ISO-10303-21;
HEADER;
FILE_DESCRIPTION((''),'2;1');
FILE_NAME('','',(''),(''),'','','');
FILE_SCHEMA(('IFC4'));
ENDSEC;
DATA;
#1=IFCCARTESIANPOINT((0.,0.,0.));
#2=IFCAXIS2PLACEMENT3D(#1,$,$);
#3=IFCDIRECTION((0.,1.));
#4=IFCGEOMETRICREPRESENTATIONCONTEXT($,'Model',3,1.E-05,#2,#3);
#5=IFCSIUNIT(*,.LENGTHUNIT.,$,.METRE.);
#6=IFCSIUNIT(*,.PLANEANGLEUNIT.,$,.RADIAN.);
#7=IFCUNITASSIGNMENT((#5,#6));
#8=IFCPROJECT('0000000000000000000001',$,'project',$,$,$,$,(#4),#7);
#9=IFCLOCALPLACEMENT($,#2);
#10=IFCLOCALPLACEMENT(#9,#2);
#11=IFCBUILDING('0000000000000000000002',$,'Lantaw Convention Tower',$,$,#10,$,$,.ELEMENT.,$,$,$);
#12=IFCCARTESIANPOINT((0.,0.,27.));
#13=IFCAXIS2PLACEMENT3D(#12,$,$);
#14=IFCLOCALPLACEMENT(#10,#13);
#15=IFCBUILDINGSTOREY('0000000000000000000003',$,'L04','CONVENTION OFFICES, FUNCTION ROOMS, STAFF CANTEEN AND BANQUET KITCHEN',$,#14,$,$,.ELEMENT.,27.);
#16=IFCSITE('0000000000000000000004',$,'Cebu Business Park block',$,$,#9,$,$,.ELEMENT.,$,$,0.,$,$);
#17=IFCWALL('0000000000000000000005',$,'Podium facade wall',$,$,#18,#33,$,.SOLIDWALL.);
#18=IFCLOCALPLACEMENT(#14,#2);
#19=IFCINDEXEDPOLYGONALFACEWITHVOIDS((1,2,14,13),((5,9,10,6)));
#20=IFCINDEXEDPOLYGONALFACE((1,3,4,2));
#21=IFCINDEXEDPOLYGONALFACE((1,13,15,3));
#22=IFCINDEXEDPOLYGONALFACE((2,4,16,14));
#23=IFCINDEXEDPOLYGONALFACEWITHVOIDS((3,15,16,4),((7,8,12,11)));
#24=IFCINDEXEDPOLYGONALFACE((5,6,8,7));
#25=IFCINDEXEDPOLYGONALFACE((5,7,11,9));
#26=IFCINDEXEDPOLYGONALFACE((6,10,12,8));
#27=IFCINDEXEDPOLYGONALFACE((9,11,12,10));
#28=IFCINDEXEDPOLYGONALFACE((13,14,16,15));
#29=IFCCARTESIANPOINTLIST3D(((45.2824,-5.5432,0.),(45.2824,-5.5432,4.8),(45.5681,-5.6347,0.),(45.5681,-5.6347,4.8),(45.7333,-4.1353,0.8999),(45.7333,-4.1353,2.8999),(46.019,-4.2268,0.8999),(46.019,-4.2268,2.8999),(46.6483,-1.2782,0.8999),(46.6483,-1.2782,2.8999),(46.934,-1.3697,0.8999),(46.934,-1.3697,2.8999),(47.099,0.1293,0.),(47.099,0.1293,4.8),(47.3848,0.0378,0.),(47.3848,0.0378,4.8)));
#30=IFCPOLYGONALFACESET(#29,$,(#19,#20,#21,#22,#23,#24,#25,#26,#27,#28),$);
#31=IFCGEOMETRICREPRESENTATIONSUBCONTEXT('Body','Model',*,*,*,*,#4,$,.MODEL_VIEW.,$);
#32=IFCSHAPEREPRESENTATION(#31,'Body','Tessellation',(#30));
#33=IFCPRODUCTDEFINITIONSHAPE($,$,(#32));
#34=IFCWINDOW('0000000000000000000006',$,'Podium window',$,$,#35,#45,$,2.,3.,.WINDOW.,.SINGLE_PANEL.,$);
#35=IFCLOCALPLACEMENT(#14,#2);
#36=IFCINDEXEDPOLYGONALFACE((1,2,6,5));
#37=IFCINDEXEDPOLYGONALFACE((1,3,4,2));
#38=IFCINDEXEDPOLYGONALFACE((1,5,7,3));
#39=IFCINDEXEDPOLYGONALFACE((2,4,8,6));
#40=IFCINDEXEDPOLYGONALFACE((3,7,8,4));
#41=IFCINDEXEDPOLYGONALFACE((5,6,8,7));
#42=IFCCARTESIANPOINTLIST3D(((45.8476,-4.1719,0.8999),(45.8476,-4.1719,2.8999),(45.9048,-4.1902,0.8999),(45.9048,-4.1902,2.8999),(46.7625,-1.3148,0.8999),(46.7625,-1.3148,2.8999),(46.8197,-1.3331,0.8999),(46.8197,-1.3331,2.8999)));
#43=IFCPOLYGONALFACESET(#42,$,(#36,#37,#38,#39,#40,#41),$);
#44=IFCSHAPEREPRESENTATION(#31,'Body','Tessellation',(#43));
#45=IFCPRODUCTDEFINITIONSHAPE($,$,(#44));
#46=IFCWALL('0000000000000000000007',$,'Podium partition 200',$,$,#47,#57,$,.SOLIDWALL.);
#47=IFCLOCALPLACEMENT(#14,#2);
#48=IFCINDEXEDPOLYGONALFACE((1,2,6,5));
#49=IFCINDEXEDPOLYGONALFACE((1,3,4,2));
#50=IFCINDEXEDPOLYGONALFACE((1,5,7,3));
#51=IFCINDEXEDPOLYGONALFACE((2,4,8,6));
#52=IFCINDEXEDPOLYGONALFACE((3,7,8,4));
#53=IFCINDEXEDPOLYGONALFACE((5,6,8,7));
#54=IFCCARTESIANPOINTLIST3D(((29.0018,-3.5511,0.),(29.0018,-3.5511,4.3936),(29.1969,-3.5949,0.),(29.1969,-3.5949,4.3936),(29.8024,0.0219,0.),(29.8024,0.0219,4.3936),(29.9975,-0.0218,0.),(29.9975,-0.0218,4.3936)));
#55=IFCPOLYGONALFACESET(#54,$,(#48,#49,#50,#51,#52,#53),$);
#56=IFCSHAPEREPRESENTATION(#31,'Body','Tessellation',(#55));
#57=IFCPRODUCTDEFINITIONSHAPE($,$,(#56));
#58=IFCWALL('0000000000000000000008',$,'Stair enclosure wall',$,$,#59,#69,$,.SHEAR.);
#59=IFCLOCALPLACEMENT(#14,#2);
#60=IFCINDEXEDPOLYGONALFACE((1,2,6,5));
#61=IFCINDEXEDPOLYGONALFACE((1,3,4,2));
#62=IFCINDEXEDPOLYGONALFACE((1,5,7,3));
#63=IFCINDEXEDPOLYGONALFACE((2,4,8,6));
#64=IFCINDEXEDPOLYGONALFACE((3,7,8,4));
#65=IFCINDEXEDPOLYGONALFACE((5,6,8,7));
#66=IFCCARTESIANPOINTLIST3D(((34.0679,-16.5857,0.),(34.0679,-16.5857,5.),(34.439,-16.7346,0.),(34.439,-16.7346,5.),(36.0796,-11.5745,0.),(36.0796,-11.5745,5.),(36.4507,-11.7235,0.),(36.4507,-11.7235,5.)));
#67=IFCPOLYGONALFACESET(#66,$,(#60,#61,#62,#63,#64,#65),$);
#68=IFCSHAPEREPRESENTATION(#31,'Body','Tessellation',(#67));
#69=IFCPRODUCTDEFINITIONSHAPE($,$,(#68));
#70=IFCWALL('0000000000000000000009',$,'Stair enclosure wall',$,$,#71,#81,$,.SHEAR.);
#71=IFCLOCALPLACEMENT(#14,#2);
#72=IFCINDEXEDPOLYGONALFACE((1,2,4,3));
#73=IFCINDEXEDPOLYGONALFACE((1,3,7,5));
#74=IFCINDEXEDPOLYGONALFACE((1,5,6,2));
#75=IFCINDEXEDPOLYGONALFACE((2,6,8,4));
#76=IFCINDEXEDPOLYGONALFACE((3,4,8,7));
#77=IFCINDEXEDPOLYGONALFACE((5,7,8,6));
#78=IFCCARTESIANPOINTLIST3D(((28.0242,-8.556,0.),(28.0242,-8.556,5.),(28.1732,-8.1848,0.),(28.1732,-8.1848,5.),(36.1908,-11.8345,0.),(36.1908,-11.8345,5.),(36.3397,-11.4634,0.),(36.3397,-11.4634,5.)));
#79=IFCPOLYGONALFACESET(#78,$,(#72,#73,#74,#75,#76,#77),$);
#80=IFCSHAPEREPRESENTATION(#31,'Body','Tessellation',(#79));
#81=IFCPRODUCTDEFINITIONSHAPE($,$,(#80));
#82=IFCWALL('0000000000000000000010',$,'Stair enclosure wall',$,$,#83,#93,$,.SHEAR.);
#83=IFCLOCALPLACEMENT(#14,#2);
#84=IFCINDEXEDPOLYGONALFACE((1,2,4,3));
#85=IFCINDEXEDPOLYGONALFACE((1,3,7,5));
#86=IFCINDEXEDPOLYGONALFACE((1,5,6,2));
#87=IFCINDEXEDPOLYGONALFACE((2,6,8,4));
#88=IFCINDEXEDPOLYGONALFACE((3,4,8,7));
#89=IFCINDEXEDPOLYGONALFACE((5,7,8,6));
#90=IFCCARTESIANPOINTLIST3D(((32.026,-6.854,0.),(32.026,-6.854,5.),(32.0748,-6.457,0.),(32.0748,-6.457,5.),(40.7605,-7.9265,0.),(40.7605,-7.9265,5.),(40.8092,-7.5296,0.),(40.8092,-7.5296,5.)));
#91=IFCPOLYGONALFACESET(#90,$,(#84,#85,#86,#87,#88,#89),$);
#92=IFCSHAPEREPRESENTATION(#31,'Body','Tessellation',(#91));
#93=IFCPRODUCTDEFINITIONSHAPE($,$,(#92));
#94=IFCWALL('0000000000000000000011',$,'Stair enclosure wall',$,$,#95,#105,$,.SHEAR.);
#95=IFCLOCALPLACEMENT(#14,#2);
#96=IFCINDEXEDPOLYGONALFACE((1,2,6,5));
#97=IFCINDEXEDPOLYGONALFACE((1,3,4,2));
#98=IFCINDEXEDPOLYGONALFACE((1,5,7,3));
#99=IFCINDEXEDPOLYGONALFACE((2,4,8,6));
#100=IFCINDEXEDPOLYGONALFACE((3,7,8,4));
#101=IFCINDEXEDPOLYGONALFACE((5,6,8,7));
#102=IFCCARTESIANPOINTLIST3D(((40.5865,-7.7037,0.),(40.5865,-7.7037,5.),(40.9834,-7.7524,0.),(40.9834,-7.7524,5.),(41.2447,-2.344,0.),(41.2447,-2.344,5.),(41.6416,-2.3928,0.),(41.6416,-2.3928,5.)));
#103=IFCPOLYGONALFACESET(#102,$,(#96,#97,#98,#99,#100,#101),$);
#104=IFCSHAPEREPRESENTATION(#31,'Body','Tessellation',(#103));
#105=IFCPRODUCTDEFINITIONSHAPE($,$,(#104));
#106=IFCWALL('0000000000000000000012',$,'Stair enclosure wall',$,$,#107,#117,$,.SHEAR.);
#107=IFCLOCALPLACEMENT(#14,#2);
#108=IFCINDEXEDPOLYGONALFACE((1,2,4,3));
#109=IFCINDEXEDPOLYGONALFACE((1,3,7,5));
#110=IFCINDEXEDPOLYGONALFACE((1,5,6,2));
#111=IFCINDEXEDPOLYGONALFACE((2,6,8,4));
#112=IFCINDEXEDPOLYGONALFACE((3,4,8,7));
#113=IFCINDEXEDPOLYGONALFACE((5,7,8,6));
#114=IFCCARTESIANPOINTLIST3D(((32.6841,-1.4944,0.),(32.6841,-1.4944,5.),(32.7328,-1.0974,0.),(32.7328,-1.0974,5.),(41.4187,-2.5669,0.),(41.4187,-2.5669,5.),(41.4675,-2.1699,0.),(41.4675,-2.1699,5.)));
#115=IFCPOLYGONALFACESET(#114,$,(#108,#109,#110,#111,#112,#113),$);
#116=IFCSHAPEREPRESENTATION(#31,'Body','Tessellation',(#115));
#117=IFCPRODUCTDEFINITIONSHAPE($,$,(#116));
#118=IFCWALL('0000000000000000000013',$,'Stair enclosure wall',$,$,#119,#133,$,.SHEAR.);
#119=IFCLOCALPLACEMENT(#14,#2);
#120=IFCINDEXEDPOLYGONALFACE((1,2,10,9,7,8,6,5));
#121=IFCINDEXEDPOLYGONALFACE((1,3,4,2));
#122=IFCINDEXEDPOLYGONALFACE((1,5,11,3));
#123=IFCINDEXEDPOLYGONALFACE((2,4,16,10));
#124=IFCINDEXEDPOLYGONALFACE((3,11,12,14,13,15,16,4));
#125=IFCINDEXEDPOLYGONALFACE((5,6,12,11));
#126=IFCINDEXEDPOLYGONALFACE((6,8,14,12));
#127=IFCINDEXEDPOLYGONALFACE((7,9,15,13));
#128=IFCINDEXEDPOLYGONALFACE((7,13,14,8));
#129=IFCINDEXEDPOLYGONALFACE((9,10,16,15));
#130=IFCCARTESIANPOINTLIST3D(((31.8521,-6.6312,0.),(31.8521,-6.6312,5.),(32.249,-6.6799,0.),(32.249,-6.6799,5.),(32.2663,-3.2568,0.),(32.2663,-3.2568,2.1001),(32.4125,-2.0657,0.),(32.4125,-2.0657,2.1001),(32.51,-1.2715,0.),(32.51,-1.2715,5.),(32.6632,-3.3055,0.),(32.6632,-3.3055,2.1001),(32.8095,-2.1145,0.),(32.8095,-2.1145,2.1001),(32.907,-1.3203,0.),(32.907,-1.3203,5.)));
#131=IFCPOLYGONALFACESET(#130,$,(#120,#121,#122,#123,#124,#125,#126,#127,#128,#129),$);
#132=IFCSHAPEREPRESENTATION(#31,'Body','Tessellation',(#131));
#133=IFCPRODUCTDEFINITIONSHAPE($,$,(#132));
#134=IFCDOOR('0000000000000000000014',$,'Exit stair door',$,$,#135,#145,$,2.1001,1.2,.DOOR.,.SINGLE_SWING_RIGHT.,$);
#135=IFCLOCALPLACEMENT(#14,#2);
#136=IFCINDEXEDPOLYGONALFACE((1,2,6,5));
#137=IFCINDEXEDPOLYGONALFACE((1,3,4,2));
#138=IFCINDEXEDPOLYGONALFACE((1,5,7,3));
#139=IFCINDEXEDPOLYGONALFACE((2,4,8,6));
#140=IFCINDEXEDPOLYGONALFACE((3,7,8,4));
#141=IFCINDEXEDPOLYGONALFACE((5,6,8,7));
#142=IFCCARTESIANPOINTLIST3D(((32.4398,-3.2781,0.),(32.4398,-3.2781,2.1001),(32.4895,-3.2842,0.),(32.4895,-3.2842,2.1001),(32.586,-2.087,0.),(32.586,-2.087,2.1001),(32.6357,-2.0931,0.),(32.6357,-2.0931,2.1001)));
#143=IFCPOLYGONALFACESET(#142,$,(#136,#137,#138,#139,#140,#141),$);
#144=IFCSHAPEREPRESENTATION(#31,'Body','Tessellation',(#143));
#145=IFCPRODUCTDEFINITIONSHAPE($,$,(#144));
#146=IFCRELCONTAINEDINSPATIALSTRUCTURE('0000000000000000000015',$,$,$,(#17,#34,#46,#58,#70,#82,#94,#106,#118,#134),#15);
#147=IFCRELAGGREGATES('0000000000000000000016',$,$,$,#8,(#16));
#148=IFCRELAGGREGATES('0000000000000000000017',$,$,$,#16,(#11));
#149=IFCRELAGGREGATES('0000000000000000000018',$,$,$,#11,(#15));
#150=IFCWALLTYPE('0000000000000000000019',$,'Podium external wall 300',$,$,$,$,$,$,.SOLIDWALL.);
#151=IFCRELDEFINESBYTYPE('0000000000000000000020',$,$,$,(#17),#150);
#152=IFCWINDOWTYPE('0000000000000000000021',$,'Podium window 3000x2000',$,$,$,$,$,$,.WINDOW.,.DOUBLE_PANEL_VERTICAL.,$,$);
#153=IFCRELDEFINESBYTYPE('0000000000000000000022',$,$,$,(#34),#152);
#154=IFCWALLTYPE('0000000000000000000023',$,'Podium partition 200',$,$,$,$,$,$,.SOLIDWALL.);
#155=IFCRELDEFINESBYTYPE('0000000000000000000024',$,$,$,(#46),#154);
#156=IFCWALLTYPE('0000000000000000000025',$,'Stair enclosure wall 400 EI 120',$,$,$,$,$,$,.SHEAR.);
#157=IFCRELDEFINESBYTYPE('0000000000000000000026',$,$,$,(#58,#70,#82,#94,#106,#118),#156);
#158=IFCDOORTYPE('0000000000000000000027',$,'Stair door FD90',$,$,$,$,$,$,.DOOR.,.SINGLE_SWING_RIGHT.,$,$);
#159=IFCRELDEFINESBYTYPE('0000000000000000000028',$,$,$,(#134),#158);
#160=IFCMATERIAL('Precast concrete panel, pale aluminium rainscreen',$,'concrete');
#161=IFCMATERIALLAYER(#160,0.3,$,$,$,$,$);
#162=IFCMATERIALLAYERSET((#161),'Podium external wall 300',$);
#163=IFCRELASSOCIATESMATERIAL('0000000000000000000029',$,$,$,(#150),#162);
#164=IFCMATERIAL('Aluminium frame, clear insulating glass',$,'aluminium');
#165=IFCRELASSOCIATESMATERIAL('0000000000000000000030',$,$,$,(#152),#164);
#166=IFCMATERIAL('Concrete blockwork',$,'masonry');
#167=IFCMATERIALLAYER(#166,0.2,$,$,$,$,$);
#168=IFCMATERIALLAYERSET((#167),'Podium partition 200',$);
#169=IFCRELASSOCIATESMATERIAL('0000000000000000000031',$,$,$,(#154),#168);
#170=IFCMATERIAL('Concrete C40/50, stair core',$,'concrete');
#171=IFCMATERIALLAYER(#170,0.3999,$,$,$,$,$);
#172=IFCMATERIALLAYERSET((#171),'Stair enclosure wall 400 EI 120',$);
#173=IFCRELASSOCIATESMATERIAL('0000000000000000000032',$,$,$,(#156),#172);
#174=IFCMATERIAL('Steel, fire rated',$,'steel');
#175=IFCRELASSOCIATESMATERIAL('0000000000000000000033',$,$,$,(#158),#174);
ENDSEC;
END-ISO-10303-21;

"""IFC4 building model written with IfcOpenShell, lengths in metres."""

from ifc_helpers import new_model, si_unit, direction, frame, frame_2d, origin, place, context, subcontext, project, spatial, rectangle, extrude, material, layer, layer_set, type_object, element, fill, save


model = new_model("IFC4")

# Units and contexts
model_context = context("Model", 3, precision=1e-05, world=origin(), true_north=direction((0.0, 1.0)))
body_context = subcontext(model_context, "Body", "Model", "MODEL_VIEW")
ifc_project = project(units=[si_unit("LENGTHUNIT", "METRE"), si_unit("PLANEANGLEUNIT", "RADIAN")], contexts=[model_context])

# Site, building, storey
site_placement = place(None, origin())
site = spatial("IfcSite", under=ifc_project, at=site_placement, Name="Cebu Business Park block", CompositionType="ELEMENT", RefElevation=0.0)
building_placement = place(site_placement, origin())
building = spatial("IfcBuilding", under=site, at=building_placement, Name="Lantaw Convention Tower", CompositionType="ELEMENT")
storey_placement = place(building_placement, frame((0.0, 0.0, 27.0)))
storey = spatial("IfcBuildingStorey", under=building, at=storey_placement, Name="L04", Description="CONVENTION OFFICES, FUNCTION ROOMS, STAFF CANTEEN AND BANQUET KITCHEN", CompositionType="ELEMENT", Elevation=27.0)

# Wall, opening, window
ifc_material_1 = material(Name="Precast concrete panel, pale aluminium rainscreen", Category="concrete")
ifc_layer_1 = layer(ifc_material_1, 0.3)
ifc_layer_set_1 = layer_set([ifc_layer_1], Name="Podium external wall 300")
wall_type_1 = type_object("IfcWallType", Name="Podium external wall 300", PredefinedType="SOLIDWALL", material=ifc_layer_set_1)
ifc_material_2 = material(Name="Aluminium frame, clear insulating glass", Category="aluminium")
window_type = type_object("IfcWindowType", Name="Podium window 3000x2000", PartitioningType="DOUBLE_PANEL_VERTICAL", PredefinedType="WINDOW", material=ifc_material_2)
wall_1_placement = place(storey_placement, frame((45.4253, -5.5889, 0.0), z_axis=(0.0, 0.0, 1.0), x_axis=(0.304991, 0.952355, 0.0)))
wall_1 = element("IfcWall", 1, at=wall_1_placement, inside=storey, type_object=wall_type_1, Name="Podium facade wall", PredefinedType="SOLIDWALL", context=body_context, shape_type="SweptSolid", body=[
    extrude(rectangle(XDim=5.9563, YDim=0.3, at=frame_2d((2.978, 0.0))), origin(), (0.0, 0.0, 1.0), 4.8),
])
opening_1_placement = place(wall_1_placement, frame((1.4783, 0.0, 0.8999)))
opening_1 = element("IfcOpeningElement", 2, at=opening_1_placement, cuts=wall_1, PredefinedType="OPENING", context=body_context, shape_type="SweptSolid", body=[
    extrude(rectangle(XDim=3.0, YDim=2.0, at=frame_2d((1.5, 1.0))), frame((0.0, 0.1599, 0.0), z_axis=(0.0, -1.0, 0.0), x_axis=(1.0, 0.0, 0.0)), (0.0, 0.0, 1.0), 0.3201),
])
window_1_placement = place(opening_1_placement, origin())
window_1 = element("IfcWindow", 3, at=window_1_placement, inside=storey, type_object=window_type, Name="Podium window", OverallHeight=2.0, OverallWidth=3.0, PartitioningType="SINGLE_PANEL", PredefinedType="WINDOW", context=body_context, shape_type="SweptSolid", body=[
    extrude(rectangle(XDim=3.0, YDim=2.0, at=frame_2d((1.5, 1.0))), frame((0.0, 0.03, 0.0), z_axis=(0.0, -1.0, 0.0), x_axis=(1.0, 0.0, 0.0)), (0.0, 0.0, 1.0), 0.0601),
])
fill(opening_1, window_1)

# Walls
ifc_material_3 = material(Name="Concrete blockwork", Category="masonry")
ifc_layer_2 = layer(ifc_material_3, 0.2)
ifc_layer_set_2 = layer_set([ifc_layer_2], Name="Podium partition 200")
wall_type_2 = type_object("IfcWallType", Name="Podium partition 200", PredefinedType="SOLIDWALL", material=ifc_layer_set_2)
wall_2_placement = place(storey_placement, frame((29.0994, -3.573, 0.0), z_axis=(0.0, 0.0, 1.0), x_axis=(0.218632, 0.975807, 0.0)))
element("IfcWall", 4, at=wall_2_placement, inside=storey, type_object=wall_type_2, Name="Podium partition 200", PredefinedType="SOLIDWALL", context=body_context, shape_type="SweptSolid", body=[
    extrude(rectangle(XDim=3.6616, YDim=0.2, at=frame_2d((1.8308, 0.0))), origin(), (0.0, 0.0, 1.0), 4.3936),
])
ifc_material_4 = material(Name="Concrete C40/50, stair core", Category="concrete")
ifc_layer_3 = layer(ifc_material_4, 0.3999)
ifc_layer_set_3 = layer_set([ifc_layer_3], Name="Stair enclosure wall 400 EI 120")
wall_type_3 = type_object("IfcWallType", Name="Stair enclosure wall 400 EI 120", PredefinedType="SHEAR", material=ifc_layer_set_3)
wall_3_placement = place(storey_placement, frame((34.2534, -16.6602, 0.0), z_axis=(0.0, 0.0, 1.0), x_axis=(0.372544, 0.928015, 0.0)))
element("IfcWall", 5, at=wall_3_placement, inside=storey, type_object=wall_type_3, Name="Stair enclosure wall", PredefinedType="SHEAR", context=body_context, shape_type="SweptSolid", body=[
    extrude(rectangle(XDim=5.3999, YDim=0.3999, at=frame_2d((2.7, 0.0))), origin(), (0.0, 0.0, 1.0), 5.0),
])
for number, where, z_axis, x_axis, name in (
    (6, (36.2651, -11.6489, 0.0), (0.0, 0.0, 1.0), (-0.928007, 0.372562, 0.0), "Stair enclosure wall"),
    (7, (32.0505, -6.6555, 0.0), (0.0, 0.0, 1.0), (0.992545, -0.121876, 0.0), "Stair enclosure wall"),
):
    element("IfcWall", number, at=place(storey_placement, frame(where, z_axis=z_axis, x_axis=x_axis)), inside=storey, type_object=wall_type_3, Name=name, PredefinedType="SHEAR", context=body_context, shape_type="SweptSolid", body=[
        extrude(rectangle(XDim=8.8, YDim=0.3999, at=frame_2d((4.3999, 0.0))), origin(), (0.0, 0.0, 1.0), 5.0),
    ])
wall_4_placement = place(storey_placement, frame((40.7849, -7.728, 0.0), z_axis=(0.0, 0.0, 1.0), x_axis=(0.121892, 0.992543, 0.0)))
element("IfcWall", 8, at=wall_4_placement, inside=storey, type_object=wall_type_3, Name="Stair enclosure wall", PredefinedType="SHEAR", context=body_context, shape_type="SweptSolid", body=[
    extrude(rectangle(XDim=5.3999, YDim=0.3999, at=frame_2d((2.7, 0.0))), origin(), (0.0, 0.0, 1.0), 5.0),
])
wall_5_placement = place(storey_placement, frame((41.4431, -2.3684, 0.0), z_axis=(0.0, 0.0, 1.0), x_axis=(-0.992546, 0.121873, 0.0)))
element("IfcWall", 9, at=wall_5_placement, inside=storey, type_object=wall_type_3, Name="Stair enclosure wall", PredefinedType="SHEAR", context=body_context, shape_type="SweptSolid", body=[
    extrude(rectangle(XDim=8.8003, YDim=0.3999, at=frame_2d((4.4001, 0.0))), origin(), (0.0, 0.0, 1.0), 5.0),
])

# Wall, opening, door
wall_6_placement = place(storey_placement, frame((32.7085, -1.2959, 0.0), z_axis=(0.0, 0.0, 1.0), x_axis=(-0.121848, -0.992549, 0.0)))
wall_6 = element("IfcWall", 10, at=wall_6_placement, inside=storey, type_object=wall_type_3, Name="Stair enclosure wall", PredefinedType="SHEAR", context=body_context, shape_type="SweptSolid", body=[
    extrude(rectangle(XDim=5.3999, YDim=0.3999, at=frame_2d((2.7, 0.0))), origin(), (0.0, 0.0, 1.0), 5.0),
])
opening_2_placement = place(wall_6_placement, frame((0.8, 0.0, 0.0)))
opening_2 = element("IfcOpeningElement", 11, at=opening_2_placement, cuts=wall_6, PredefinedType="OPENING", context=body_context, shape_type="SweptSolid", body=[
    extrude(rectangle(XDim=1.2, YDim=2.1001, at=frame_2d((0.6001, 1.05))), frame((0.0, 0.21, 0.0), z_axis=(0.0, -1.0, 0.0), x_axis=(1.0, 0.0, 0.0)), (0.0, 0.0, 1.0), 0.4199),
])
ifc_material_5 = material(Name="Steel, fire rated", Category="steel")
door_type = type_object("IfcDoorType", Name="Stair door FD90", OperationType="SINGLE_SWING_RIGHT", PredefinedType="DOOR", material=ifc_material_5)
door_placement = place(opening_2_placement, origin())
door = element("IfcDoor", 12, at=door_placement, inside=storey, type_object=door_type, Name="Exit stair door", OperationType="SINGLE_SWING_RIGHT", OverallHeight=2.1001, OverallWidth=1.2, PredefinedType="DOOR", context=body_context, shape_type="SweptSolid", body=[
    extrude(rectangle(XDim=1.2, YDim=2.1001, at=frame_2d((0.6001, 1.05))), frame((0.0, 0.0249, 0.0), z_axis=(0.0, -1.0, 0.0), x_axis=(1.0, 0.0, 0.0)), (0.0, 0.0, 1.0), 0.05),
])
fill(opening_2, door)

save(model, "model.ifc")
